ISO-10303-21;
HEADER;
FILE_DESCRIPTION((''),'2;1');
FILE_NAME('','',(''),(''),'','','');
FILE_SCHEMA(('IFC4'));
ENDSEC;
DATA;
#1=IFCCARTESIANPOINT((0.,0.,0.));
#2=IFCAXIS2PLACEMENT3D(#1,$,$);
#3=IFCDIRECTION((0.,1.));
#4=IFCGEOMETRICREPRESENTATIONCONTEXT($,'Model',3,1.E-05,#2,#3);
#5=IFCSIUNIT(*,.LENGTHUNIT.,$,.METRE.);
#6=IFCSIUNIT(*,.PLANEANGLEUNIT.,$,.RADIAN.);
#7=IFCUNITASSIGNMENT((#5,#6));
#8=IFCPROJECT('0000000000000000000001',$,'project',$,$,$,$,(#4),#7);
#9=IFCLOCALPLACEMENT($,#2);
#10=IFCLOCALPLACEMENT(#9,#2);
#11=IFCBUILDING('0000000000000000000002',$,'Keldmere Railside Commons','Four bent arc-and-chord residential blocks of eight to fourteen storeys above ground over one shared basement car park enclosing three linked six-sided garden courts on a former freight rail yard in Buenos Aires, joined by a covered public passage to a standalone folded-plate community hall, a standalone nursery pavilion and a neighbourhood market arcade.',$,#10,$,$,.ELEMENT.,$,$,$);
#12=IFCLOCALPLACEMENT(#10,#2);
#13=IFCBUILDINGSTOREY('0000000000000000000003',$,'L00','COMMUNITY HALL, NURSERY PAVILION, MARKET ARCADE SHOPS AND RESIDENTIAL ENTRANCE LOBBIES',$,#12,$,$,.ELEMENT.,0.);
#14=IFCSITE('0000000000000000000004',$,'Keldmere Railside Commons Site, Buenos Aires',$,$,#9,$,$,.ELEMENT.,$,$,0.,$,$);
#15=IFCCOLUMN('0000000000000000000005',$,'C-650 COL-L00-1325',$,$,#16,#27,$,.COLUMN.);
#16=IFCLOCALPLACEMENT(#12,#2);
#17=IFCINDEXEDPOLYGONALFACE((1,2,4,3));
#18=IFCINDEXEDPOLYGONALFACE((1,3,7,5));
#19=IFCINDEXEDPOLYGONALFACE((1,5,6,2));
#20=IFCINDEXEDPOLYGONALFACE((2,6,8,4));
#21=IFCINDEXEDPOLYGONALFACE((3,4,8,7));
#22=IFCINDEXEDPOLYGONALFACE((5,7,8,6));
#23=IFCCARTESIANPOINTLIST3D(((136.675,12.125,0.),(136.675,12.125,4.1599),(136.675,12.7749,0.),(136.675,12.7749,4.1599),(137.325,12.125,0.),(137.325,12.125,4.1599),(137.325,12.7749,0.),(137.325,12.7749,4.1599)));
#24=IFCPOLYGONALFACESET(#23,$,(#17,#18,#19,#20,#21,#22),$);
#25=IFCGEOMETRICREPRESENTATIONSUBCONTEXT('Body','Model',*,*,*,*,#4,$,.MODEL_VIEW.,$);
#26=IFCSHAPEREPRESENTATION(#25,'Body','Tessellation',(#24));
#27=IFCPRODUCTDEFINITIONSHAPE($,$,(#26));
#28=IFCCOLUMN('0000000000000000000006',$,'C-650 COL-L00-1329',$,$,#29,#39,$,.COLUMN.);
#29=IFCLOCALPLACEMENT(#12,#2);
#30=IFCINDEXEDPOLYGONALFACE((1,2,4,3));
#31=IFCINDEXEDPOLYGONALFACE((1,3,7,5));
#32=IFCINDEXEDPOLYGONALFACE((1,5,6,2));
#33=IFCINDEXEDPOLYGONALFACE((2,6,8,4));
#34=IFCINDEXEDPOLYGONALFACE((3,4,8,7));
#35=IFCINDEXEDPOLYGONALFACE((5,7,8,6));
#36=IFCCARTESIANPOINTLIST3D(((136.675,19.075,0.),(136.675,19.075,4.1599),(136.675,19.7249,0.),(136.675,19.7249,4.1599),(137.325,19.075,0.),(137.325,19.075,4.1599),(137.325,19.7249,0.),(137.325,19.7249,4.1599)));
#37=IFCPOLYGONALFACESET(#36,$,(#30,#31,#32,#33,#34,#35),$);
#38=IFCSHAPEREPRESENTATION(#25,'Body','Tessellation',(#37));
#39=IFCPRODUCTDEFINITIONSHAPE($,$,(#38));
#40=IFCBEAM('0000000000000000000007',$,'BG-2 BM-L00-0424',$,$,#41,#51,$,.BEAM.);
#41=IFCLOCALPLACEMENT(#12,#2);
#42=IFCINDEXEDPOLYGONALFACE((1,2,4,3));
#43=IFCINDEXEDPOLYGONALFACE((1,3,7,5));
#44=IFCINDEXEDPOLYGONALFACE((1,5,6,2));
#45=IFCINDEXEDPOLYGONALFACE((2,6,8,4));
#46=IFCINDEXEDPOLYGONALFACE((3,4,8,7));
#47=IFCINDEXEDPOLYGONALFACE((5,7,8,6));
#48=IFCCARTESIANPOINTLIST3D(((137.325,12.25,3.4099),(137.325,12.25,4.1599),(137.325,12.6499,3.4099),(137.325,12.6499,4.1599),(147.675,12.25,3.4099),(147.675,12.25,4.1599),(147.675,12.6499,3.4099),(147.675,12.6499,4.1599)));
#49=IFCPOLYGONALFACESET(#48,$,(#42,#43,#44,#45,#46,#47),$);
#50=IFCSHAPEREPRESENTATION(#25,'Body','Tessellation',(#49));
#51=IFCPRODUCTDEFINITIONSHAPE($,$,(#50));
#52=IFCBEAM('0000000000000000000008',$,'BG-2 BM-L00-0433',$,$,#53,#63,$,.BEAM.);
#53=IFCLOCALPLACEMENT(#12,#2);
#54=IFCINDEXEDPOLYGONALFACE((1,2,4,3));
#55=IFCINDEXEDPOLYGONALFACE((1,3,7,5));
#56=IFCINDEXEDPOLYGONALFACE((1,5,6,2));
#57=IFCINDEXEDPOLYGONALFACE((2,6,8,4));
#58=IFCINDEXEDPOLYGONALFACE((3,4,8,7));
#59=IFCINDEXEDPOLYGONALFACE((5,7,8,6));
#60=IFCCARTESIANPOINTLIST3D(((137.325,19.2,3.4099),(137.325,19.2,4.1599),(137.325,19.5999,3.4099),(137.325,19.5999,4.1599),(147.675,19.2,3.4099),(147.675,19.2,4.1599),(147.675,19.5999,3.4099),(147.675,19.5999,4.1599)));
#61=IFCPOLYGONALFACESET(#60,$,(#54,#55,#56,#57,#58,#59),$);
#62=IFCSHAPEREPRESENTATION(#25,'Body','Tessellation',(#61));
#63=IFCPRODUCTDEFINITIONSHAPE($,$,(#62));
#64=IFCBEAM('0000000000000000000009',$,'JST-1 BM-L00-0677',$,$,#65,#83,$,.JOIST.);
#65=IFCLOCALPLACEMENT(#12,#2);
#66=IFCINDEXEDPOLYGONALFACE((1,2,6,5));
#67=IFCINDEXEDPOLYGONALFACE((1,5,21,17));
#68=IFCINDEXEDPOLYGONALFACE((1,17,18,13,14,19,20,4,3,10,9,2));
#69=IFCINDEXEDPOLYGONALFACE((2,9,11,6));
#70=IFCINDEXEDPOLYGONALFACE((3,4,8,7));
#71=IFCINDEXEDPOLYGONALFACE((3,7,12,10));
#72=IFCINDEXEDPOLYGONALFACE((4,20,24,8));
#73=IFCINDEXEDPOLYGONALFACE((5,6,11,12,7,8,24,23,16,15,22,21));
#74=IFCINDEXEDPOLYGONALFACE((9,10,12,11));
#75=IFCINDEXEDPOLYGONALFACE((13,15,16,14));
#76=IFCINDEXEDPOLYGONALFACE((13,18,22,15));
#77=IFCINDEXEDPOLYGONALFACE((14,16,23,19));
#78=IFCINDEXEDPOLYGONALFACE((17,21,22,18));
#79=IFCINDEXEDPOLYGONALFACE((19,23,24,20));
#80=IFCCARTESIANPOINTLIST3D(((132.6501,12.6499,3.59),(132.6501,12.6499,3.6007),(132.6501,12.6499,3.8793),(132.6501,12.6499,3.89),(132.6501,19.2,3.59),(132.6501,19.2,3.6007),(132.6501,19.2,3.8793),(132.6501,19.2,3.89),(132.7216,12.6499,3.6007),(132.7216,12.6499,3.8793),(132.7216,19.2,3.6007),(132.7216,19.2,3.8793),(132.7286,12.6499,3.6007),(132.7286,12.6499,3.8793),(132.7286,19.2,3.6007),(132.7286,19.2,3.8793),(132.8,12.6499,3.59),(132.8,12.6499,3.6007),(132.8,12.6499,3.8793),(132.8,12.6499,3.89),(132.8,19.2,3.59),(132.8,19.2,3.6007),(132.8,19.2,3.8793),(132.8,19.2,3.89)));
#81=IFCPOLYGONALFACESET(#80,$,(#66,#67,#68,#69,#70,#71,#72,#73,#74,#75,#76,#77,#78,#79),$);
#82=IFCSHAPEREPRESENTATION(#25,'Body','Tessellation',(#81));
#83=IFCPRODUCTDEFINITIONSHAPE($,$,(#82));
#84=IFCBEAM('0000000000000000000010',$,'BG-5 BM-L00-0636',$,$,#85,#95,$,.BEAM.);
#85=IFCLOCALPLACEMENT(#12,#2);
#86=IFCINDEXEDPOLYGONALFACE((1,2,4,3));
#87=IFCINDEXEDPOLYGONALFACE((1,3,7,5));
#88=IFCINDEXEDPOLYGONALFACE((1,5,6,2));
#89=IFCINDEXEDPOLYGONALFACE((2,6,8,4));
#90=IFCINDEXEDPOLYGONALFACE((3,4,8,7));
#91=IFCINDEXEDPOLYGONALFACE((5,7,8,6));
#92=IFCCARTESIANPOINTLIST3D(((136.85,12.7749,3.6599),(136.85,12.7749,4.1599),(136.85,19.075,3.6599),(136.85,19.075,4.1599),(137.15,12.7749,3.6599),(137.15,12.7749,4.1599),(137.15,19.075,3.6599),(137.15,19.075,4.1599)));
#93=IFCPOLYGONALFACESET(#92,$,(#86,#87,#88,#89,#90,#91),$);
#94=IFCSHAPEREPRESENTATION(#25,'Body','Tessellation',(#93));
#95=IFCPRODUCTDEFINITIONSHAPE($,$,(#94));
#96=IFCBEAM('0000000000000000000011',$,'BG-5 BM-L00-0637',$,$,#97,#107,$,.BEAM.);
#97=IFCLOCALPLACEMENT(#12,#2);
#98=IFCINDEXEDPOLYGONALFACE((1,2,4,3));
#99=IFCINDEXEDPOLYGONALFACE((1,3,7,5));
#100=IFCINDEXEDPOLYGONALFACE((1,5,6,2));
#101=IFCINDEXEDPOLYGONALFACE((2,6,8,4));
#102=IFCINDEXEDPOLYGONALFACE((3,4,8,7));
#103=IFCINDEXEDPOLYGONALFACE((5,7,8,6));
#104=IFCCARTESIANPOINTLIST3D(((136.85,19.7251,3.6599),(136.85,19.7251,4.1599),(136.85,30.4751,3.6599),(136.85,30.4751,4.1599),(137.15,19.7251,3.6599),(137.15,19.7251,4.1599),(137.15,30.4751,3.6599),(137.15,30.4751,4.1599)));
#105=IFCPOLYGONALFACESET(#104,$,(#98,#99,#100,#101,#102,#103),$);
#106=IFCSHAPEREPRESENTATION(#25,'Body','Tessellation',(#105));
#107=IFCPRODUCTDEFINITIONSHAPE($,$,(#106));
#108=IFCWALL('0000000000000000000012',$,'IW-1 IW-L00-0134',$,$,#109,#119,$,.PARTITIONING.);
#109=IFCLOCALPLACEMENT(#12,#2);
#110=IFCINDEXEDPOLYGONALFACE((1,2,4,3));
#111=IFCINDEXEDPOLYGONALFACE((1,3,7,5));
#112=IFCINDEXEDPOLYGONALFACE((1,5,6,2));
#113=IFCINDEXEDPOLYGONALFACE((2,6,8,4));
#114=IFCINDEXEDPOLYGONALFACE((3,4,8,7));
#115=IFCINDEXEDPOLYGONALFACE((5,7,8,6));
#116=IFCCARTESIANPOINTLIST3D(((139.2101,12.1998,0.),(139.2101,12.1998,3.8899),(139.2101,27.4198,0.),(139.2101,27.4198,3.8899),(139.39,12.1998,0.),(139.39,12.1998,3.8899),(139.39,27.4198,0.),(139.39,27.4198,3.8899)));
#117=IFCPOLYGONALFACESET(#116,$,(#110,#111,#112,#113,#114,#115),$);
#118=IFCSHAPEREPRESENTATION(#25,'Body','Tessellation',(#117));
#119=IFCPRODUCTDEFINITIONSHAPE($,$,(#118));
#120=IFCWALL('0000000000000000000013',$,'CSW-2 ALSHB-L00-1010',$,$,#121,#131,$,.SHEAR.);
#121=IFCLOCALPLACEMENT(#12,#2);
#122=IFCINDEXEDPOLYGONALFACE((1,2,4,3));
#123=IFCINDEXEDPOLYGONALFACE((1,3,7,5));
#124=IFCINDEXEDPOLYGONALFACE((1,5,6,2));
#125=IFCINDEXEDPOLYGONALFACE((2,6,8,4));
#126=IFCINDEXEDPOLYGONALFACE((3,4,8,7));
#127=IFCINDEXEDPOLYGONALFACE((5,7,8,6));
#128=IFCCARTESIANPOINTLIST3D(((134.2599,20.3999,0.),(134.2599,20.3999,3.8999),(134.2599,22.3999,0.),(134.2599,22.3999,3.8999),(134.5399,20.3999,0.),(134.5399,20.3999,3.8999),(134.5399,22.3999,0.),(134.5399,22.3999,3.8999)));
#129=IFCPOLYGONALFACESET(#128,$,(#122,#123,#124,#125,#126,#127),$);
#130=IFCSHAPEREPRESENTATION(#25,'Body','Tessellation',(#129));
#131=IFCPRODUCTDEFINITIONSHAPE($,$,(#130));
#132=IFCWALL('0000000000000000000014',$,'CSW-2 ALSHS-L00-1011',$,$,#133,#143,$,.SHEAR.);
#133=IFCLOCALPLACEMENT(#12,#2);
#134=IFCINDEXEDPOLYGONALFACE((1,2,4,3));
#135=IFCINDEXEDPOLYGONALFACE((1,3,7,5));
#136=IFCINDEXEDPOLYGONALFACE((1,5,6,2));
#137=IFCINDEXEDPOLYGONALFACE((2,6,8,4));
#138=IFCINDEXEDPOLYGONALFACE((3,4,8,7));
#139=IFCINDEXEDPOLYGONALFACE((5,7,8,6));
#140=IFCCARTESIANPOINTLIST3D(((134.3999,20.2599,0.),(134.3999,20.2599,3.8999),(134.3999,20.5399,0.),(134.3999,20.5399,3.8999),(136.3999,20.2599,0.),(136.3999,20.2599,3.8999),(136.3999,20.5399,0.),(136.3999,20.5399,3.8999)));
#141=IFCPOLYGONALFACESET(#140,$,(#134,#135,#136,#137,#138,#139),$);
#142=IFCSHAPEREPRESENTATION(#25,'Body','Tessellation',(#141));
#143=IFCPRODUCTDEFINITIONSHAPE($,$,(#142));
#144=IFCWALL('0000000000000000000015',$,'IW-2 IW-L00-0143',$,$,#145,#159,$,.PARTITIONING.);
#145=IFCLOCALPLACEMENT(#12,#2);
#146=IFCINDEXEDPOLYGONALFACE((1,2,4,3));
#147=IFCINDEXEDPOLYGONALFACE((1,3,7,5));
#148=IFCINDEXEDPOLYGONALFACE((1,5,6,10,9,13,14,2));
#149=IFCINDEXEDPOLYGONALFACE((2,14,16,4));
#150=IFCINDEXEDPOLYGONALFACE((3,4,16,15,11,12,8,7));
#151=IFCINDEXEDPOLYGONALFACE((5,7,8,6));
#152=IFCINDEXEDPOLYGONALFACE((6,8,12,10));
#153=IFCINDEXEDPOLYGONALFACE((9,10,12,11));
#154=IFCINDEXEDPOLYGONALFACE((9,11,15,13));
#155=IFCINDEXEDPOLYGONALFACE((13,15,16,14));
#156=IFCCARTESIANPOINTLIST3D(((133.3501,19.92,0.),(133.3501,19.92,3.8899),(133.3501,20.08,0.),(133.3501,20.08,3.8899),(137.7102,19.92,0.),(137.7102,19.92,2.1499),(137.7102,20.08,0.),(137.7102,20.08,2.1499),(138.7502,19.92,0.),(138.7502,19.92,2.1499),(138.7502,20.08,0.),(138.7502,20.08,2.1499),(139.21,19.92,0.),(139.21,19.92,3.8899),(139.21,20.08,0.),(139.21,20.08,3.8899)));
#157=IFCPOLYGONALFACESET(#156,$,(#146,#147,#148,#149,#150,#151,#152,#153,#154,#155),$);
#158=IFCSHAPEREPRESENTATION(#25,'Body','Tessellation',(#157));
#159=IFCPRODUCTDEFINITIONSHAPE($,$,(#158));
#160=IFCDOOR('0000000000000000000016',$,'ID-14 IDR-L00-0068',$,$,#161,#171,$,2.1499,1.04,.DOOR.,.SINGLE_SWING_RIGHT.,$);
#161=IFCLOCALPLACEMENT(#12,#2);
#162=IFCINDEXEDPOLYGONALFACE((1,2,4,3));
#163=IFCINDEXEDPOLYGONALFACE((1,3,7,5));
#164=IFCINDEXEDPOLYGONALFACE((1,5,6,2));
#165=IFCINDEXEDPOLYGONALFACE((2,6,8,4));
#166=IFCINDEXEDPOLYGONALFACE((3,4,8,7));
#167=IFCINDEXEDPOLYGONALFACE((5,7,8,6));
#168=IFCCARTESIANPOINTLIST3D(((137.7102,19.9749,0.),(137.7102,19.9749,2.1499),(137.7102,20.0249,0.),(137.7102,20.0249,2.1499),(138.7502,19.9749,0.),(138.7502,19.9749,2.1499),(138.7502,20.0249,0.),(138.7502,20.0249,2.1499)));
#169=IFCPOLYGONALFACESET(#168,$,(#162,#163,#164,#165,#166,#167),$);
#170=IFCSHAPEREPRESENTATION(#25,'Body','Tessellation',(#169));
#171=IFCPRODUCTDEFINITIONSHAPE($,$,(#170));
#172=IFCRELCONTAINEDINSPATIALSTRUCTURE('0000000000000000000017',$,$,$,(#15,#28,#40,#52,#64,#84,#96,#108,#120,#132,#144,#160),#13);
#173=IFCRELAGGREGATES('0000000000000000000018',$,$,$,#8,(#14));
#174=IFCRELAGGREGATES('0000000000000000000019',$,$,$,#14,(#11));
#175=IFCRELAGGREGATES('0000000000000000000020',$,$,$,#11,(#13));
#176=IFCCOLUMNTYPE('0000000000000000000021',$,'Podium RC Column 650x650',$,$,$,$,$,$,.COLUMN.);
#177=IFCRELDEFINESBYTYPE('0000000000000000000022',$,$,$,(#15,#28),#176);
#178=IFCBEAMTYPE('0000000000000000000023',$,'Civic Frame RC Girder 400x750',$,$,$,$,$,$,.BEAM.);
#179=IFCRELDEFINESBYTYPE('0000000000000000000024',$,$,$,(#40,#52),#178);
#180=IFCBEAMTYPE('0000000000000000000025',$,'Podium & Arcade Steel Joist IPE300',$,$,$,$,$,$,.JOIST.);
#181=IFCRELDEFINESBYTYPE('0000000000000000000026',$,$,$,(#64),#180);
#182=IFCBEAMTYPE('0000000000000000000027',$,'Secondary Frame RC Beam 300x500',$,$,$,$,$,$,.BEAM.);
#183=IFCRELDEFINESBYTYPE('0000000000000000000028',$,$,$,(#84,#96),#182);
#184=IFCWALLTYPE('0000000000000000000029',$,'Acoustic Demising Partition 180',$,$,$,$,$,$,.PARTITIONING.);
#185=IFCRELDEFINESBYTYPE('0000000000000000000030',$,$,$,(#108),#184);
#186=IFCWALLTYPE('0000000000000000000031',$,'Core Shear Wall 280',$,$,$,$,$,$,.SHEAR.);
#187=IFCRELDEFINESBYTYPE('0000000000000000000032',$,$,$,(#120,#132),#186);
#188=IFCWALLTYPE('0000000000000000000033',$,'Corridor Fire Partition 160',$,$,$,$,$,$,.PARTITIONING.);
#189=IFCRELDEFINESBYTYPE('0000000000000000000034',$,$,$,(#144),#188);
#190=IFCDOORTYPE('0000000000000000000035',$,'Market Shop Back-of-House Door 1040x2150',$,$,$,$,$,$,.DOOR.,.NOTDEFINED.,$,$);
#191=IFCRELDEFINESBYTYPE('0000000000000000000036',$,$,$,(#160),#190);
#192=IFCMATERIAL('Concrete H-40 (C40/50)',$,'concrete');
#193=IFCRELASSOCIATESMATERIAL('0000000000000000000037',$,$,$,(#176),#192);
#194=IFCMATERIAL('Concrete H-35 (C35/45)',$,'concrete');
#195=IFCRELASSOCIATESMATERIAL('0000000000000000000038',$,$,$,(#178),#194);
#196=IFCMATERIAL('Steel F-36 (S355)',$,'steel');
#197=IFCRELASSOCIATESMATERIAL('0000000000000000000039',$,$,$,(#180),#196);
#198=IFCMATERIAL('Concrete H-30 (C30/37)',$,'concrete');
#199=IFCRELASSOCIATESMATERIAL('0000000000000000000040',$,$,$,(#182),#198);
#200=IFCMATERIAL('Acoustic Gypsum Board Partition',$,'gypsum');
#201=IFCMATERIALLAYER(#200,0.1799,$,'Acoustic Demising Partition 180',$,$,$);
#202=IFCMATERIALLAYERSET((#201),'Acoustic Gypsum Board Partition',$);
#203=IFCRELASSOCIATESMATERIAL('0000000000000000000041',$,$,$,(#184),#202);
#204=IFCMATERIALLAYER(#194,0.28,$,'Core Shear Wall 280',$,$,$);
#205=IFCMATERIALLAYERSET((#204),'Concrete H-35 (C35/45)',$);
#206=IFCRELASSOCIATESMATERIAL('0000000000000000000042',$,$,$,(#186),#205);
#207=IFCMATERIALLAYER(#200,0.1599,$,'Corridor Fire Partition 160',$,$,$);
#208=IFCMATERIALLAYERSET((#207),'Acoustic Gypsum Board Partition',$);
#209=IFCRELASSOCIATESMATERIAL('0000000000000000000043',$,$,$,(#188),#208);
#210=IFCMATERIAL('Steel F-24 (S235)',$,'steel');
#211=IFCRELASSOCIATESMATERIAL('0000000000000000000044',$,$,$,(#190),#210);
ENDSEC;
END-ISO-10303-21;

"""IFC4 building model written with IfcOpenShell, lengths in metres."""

from ifc_helpers import new_model, si_unit, direction, frame, frame_2d, origin, origin_2d, place, context, subcontext, project, spatial, rectangle, i_section, extrude, material, layer, layer_set, material_profile, profile_set, type_object, element, fill, save


model = new_model("IFC4")

# Units and contexts
model_context = context("Model", 3, precision=1e-05, world=origin(), true_north=direction((0.0, 1.0)))
body_context = subcontext(model_context, "Body", "Model", "MODEL_VIEW")
ifc_project = project(units=[si_unit("LENGTHUNIT", "METRE"), si_unit("PLANEANGLEUNIT", "RADIAN")], contexts=[model_context])

# Site, building, storey
site_placement = place(None, origin())
site = spatial("IfcSite", under=ifc_project, at=site_placement, Name="Keldmere Railside Commons Site, Buenos Aires", CompositionType="ELEMENT", RefElevation=0.0)
building_placement = place(site_placement, origin())
building = spatial("IfcBuilding", under=site, at=building_placement, Name="Keldmere Railside Commons", Description="Four bent arc-and-chord residential blocks of eight to fourteen storeys above ground over one shared basement car park enclosing three linked six-sided garden courts on a former freight rail yard in Buenos Aires, joined by a covered public passage to a standalone folded-plate community hall, a standalone nursery pavilion and a neighbourhood market arcade.", CompositionType="ELEMENT")
storey_placement = place(building_placement, origin())
storey = spatial("IfcBuildingStorey", under=building, at=storey_placement, Name="L00", Description="COMMUNITY HALL, NURSERY PAVILION, MARKET ARCADE SHOPS AND RESIDENTIAL ENTRANCE LOBBIES", CompositionType="ELEMENT", Elevation=0.0)

# Columns
ifc_material_1 = material(Name="Concrete H-40 (C40/50)", Category="concrete")
ifc_material_profile_1 = material_profile(ifc_material_1, rectangle(XDim=0.6499, YDim=0.6499, at=origin_2d()), Name="RC-650x650")
ifc_profile_set_1 = profile_set([ifc_material_profile_1], Name="Concrete H-40 (C40/50)")
column_type = type_object("IfcColumnType", Name="Podium RC Column 650x650", PredefinedType="COLUMN", material=ifc_profile_set_1)
for number, where, z_axis, x_axis, name in (
    (1, (137.0, 12.45, 0.0), (0.0, 0.0, 1.0), (1.0, 0.0, 0.0), "C-650 COL-L00-1325"),
    (2, (137.0, 19.3999, 0.0), (0.0, 0.0, 1.0), (1.0, 0.0, 0.0), "C-650 COL-L00-1329"),
):
    element("IfcColumn", number, at=place(storey_placement, frame(where, z_axis=z_axis, x_axis=x_axis)), inside=storey, type_object=column_type, Name=name, PredefinedType="COLUMN", context=body_context, shape_type="SweptSolid", body=[
        extrude(rectangle(XDim=0.6499, YDim=0.6499, at=origin_2d()), origin(), (0.0, 0.0, 1.0), 4.1599),
    ])

# Beams
ifc_material_2 = material(Name="Concrete H-35 (C35/45)", Category="concrete")
ifc_material_profile_2 = material_profile(ifc_material_2, rectangle(XDim=0.3999, YDim=0.75, at=origin_2d()), Name="RC-400x750")
ifc_profile_set_2 = profile_set([ifc_material_profile_2], Name="Concrete H-35 (C35/45)")
beam_type_1 = type_object("IfcBeamType", Name="Civic Frame RC Girder 400x750", PredefinedType="BEAM", material=ifc_profile_set_2)
for number, where, z_axis, x_axis, name in (
    (3, (137.325, 12.45, 3.7849), (1.0, 0.0, 0.0), (0.0, 1.0, 0.0), "BG-2 BM-L00-0424"),
    (4, (137.325, 19.3999, 3.7849), (1.0, 0.0, 0.0), (0.0, 1.0, 0.0), "BG-2 BM-L00-0433"),
):
    element("IfcBeam", number, at=place(storey_placement, frame(where, z_axis=z_axis, x_axis=x_axis)), inside=storey, type_object=beam_type_1, Name=name, PredefinedType="BEAM", context=body_context, shape_type="SweptSolid", body=[
        extrude(rectangle(XDim=0.3999, YDim=0.75, at=origin_2d()), origin(), (0.0, 0.0, 1.0), 10.3501),
    ])
ifc_material_3 = material(Name="Steel F-36 (S355)", Category="steel")
ifc_material_profile_3 = material_profile(ifc_material_3, i_section(OverallWidth=0.1499, OverallDepth=0.3, WebThickness=0.0071, FlangeThickness=0.0107, at=origin_2d()), Name="IPE-300")
ifc_profile_set_3 = profile_set([ifc_material_profile_3], Name="Steel F-36 (S355)")
beam_type_2 = type_object("IfcBeamType", Name="Podium & Arcade Steel Joist IPE300", PredefinedType="JOIST", material=ifc_profile_set_3)
beam_1_placement = place(storey_placement, frame((132.7251, 12.6499, 3.74), z_axis=(0.0, 1.0, 0.0), x_axis=(-1.0, 0.0, 0.0)))
element("IfcBeam", 5, at=beam_1_placement, inside=storey, type_object=beam_type_2, Name="JST-1 BM-L00-0677", PredefinedType="JOIST", context=body_context, shape_type="SweptSolid", body=[
    extrude(i_section(OverallWidth=0.1499, OverallDepth=0.3, WebThickness=0.0071, FlangeThickness=0.0107, at=origin_2d()), origin(), (0.0, 0.0, 1.0), 6.55),
])
ifc_material_4 = material(Name="Concrete H-30 (C30/37)", Category="concrete")
ifc_material_profile_4 = material_profile(ifc_material_4, rectangle(XDim=0.3, YDim=0.5, at=origin_2d()), Name="RC-300x500")
ifc_profile_set_4 = profile_set([ifc_material_profile_4], Name="Concrete H-30 (C30/37)")
beam_type_3 = type_object("IfcBeamType", Name="Secondary Frame RC Beam 300x500", PredefinedType="BEAM", material=ifc_profile_set_4)
beam_2_placement = place(storey_placement, frame((137.0, 12.7749, 3.9099), z_axis=(0.0, 1.0, 0.0), x_axis=(-1.0, 0.0, 0.0)))
element("IfcBeam", 6, at=beam_2_placement, inside=storey, type_object=beam_type_3, Name="BG-5 BM-L00-0636", PredefinedType="BEAM", context=body_context, shape_type="SweptSolid", body=[
    extrude(rectangle(XDim=0.3, YDim=0.5, at=origin_2d()), origin(), (0.0, 0.0, 1.0), 6.3),
])
beam_3_placement = place(storey_placement, frame((137.0, 19.7251, 3.9099), z_axis=(0.0, 1.0, 0.0), x_axis=(-1.0, 0.0, 0.0)))
element("IfcBeam", 7, at=beam_3_placement, inside=storey, type_object=beam_type_3, Name="BG-5 BM-L00-0637", PredefinedType="BEAM", context=body_context, shape_type="SweptSolid", body=[
    extrude(rectangle(XDim=0.3, YDim=0.5, at=origin_2d()), origin(), (0.0, 0.0, 1.0), 10.75),
])

# Wall
ifc_material_5 = material(Name="Acoustic Gypsum Board Partition", Category="gypsum")
ifc_layer_1 = layer(ifc_material_5, 0.1799, Name="Acoustic Demising Partition 180")
ifc_layer_set_1 = layer_set([ifc_layer_1], Name="Acoustic Gypsum Board Partition")
wall_type_1 = type_object("IfcWallType", Name="Acoustic Demising Partition 180", PredefinedType="PARTITIONING", material=ifc_layer_set_1)
wall_1_placement = place(storey_placement, frame((139.3, 12.2, 0.0), z_axis=(0.0, 0.0, 1.0), x_axis=(0.0, 1.0, 0.0)))
element("IfcWall", 8, at=wall_1_placement, inside=storey, type_object=wall_type_1, Name="IW-1 IW-L00-0134", PredefinedType="PARTITIONING", context=body_context, shape_type="SweptSolid", body=[
    extrude(rectangle(XDim=15.22, YDim=0.1799, at=frame_2d((7.6099, 0.0))), origin(), (0.0, 0.0, 1.0), 3.8899),
])

# Shared definitions
ifc_layer_2 = layer(ifc_material_2, 0.28, Name="Core Shear Wall 280")
ifc_layer_set_2 = layer_set([ifc_layer_2], Name="Concrete H-35 (C35/45)")
wall_type_2 = type_object("IfcWallType", Name="Core Shear Wall 280", PredefinedType="SHEAR", material=ifc_layer_set_2)
ifc_material_6 = material(Name="Steel F-24 (S235)", Category="steel")

# Walls
for number, where, z_axis, x_axis, name in (
    (9, (134.3999, 20.3999, 0.0), (0.0, 0.0, 1.0), (0.0, 1.0, 0.0), "CSW-2 ALSHB-L00-1010"),
    (10, (134.3999, 20.3999, 0.0), (0.0, 0.0, 1.0), (1.0, 0.0, 0.0), "CSW-2 ALSHS-L00-1011"),
):
    element("IfcWall", number, at=place(storey_placement, frame(where, z_axis=z_axis, x_axis=x_axis)), inside=storey, type_object=wall_type_2, Name=name, PredefinedType="SHEAR", context=body_context, shape_type="SweptSolid", body=[
        extrude(rectangle(XDim=2.0, YDim=0.28, at=frame_2d((1.0, 0.0))), origin(), (0.0, 0.0, 1.0), 3.8999),
    ])

# Wall, opening, door
ifc_layer_3 = layer(ifc_material_5, 0.1599, Name="Corridor Fire Partition 160")
ifc_layer_set_3 = layer_set([ifc_layer_3], Name="Acoustic Gypsum Board Partition")
wall_type_3 = type_object("IfcWallType", Name="Corridor Fire Partition 160", PredefinedType="PARTITIONING", material=ifc_layer_set_3)
wall_2_placement = place(storey_placement, frame((133.3501, 20.0, 0.0), z_axis=(0.0, 0.0, 1.0), x_axis=(1.0, 0.0, 0.0)))
wall_2 = element("IfcWall", 11, at=wall_2_placement, inside=storey, type_object=wall_type_3, Name="IW-2 IW-L00-0143", PredefinedType="PARTITIONING", context=body_context, shape_type="SweptSolid", body=[
    extrude(rectangle(XDim=5.8599, YDim=0.1599, at=frame_2d((2.9299, 0.0))), origin(), (0.0, 0.0, 1.0), 3.8899),
])
opening_1_placement = place(wall_2_placement, frame((4.3601, 0.0, 0.0)))
opening_1 = element("IfcOpeningElement", 12, at=opening_1_placement, cuts=wall_2, PredefinedType="OPENING", context=body_context, shape_type="SweptSolid", body=[
    extrude(rectangle(XDim=1.04, YDim=2.1499, at=frame_2d((0.52, 1.075))), frame((0.0, 0.0898, 0.0), z_axis=(0.0, -1.0, 0.0), x_axis=(1.0, 0.0, 0.0)), (0.0, 0.0, 1.0), 0.1799),
])
door_type_1 = type_object("IfcDoorType", Name="Market Shop Back-of-House Door 1040x2150", OperationType="NOTDEFINED", PredefinedType="DOOR", material=ifc_material_6)
door_1_placement = place(opening_1_placement, origin())
door_1 = element("IfcDoor", 13, at=door_1_placement, inside=storey, type_object=door_type_1, Name="ID-14 IDR-L00-0068", OperationType="SINGLE_SWING_RIGHT", OverallHeight=2.1499, OverallWidth=1.04, PredefinedType="DOOR", context=body_context, shape_type="SweptSolid", body=[
    extrude(rectangle(XDim=1.04, YDim=2.1499, at=frame_2d((0.52, 1.075))), frame((0.0, 0.0249, 0.0), z_axis=(0.0, -1.0, 0.0), x_axis=(1.0, 0.0, 0.0)), (0.0, 0.0, 1.0), 0.05),
])
fill(opening_1, door_1)

save(model, "model.ifc")
